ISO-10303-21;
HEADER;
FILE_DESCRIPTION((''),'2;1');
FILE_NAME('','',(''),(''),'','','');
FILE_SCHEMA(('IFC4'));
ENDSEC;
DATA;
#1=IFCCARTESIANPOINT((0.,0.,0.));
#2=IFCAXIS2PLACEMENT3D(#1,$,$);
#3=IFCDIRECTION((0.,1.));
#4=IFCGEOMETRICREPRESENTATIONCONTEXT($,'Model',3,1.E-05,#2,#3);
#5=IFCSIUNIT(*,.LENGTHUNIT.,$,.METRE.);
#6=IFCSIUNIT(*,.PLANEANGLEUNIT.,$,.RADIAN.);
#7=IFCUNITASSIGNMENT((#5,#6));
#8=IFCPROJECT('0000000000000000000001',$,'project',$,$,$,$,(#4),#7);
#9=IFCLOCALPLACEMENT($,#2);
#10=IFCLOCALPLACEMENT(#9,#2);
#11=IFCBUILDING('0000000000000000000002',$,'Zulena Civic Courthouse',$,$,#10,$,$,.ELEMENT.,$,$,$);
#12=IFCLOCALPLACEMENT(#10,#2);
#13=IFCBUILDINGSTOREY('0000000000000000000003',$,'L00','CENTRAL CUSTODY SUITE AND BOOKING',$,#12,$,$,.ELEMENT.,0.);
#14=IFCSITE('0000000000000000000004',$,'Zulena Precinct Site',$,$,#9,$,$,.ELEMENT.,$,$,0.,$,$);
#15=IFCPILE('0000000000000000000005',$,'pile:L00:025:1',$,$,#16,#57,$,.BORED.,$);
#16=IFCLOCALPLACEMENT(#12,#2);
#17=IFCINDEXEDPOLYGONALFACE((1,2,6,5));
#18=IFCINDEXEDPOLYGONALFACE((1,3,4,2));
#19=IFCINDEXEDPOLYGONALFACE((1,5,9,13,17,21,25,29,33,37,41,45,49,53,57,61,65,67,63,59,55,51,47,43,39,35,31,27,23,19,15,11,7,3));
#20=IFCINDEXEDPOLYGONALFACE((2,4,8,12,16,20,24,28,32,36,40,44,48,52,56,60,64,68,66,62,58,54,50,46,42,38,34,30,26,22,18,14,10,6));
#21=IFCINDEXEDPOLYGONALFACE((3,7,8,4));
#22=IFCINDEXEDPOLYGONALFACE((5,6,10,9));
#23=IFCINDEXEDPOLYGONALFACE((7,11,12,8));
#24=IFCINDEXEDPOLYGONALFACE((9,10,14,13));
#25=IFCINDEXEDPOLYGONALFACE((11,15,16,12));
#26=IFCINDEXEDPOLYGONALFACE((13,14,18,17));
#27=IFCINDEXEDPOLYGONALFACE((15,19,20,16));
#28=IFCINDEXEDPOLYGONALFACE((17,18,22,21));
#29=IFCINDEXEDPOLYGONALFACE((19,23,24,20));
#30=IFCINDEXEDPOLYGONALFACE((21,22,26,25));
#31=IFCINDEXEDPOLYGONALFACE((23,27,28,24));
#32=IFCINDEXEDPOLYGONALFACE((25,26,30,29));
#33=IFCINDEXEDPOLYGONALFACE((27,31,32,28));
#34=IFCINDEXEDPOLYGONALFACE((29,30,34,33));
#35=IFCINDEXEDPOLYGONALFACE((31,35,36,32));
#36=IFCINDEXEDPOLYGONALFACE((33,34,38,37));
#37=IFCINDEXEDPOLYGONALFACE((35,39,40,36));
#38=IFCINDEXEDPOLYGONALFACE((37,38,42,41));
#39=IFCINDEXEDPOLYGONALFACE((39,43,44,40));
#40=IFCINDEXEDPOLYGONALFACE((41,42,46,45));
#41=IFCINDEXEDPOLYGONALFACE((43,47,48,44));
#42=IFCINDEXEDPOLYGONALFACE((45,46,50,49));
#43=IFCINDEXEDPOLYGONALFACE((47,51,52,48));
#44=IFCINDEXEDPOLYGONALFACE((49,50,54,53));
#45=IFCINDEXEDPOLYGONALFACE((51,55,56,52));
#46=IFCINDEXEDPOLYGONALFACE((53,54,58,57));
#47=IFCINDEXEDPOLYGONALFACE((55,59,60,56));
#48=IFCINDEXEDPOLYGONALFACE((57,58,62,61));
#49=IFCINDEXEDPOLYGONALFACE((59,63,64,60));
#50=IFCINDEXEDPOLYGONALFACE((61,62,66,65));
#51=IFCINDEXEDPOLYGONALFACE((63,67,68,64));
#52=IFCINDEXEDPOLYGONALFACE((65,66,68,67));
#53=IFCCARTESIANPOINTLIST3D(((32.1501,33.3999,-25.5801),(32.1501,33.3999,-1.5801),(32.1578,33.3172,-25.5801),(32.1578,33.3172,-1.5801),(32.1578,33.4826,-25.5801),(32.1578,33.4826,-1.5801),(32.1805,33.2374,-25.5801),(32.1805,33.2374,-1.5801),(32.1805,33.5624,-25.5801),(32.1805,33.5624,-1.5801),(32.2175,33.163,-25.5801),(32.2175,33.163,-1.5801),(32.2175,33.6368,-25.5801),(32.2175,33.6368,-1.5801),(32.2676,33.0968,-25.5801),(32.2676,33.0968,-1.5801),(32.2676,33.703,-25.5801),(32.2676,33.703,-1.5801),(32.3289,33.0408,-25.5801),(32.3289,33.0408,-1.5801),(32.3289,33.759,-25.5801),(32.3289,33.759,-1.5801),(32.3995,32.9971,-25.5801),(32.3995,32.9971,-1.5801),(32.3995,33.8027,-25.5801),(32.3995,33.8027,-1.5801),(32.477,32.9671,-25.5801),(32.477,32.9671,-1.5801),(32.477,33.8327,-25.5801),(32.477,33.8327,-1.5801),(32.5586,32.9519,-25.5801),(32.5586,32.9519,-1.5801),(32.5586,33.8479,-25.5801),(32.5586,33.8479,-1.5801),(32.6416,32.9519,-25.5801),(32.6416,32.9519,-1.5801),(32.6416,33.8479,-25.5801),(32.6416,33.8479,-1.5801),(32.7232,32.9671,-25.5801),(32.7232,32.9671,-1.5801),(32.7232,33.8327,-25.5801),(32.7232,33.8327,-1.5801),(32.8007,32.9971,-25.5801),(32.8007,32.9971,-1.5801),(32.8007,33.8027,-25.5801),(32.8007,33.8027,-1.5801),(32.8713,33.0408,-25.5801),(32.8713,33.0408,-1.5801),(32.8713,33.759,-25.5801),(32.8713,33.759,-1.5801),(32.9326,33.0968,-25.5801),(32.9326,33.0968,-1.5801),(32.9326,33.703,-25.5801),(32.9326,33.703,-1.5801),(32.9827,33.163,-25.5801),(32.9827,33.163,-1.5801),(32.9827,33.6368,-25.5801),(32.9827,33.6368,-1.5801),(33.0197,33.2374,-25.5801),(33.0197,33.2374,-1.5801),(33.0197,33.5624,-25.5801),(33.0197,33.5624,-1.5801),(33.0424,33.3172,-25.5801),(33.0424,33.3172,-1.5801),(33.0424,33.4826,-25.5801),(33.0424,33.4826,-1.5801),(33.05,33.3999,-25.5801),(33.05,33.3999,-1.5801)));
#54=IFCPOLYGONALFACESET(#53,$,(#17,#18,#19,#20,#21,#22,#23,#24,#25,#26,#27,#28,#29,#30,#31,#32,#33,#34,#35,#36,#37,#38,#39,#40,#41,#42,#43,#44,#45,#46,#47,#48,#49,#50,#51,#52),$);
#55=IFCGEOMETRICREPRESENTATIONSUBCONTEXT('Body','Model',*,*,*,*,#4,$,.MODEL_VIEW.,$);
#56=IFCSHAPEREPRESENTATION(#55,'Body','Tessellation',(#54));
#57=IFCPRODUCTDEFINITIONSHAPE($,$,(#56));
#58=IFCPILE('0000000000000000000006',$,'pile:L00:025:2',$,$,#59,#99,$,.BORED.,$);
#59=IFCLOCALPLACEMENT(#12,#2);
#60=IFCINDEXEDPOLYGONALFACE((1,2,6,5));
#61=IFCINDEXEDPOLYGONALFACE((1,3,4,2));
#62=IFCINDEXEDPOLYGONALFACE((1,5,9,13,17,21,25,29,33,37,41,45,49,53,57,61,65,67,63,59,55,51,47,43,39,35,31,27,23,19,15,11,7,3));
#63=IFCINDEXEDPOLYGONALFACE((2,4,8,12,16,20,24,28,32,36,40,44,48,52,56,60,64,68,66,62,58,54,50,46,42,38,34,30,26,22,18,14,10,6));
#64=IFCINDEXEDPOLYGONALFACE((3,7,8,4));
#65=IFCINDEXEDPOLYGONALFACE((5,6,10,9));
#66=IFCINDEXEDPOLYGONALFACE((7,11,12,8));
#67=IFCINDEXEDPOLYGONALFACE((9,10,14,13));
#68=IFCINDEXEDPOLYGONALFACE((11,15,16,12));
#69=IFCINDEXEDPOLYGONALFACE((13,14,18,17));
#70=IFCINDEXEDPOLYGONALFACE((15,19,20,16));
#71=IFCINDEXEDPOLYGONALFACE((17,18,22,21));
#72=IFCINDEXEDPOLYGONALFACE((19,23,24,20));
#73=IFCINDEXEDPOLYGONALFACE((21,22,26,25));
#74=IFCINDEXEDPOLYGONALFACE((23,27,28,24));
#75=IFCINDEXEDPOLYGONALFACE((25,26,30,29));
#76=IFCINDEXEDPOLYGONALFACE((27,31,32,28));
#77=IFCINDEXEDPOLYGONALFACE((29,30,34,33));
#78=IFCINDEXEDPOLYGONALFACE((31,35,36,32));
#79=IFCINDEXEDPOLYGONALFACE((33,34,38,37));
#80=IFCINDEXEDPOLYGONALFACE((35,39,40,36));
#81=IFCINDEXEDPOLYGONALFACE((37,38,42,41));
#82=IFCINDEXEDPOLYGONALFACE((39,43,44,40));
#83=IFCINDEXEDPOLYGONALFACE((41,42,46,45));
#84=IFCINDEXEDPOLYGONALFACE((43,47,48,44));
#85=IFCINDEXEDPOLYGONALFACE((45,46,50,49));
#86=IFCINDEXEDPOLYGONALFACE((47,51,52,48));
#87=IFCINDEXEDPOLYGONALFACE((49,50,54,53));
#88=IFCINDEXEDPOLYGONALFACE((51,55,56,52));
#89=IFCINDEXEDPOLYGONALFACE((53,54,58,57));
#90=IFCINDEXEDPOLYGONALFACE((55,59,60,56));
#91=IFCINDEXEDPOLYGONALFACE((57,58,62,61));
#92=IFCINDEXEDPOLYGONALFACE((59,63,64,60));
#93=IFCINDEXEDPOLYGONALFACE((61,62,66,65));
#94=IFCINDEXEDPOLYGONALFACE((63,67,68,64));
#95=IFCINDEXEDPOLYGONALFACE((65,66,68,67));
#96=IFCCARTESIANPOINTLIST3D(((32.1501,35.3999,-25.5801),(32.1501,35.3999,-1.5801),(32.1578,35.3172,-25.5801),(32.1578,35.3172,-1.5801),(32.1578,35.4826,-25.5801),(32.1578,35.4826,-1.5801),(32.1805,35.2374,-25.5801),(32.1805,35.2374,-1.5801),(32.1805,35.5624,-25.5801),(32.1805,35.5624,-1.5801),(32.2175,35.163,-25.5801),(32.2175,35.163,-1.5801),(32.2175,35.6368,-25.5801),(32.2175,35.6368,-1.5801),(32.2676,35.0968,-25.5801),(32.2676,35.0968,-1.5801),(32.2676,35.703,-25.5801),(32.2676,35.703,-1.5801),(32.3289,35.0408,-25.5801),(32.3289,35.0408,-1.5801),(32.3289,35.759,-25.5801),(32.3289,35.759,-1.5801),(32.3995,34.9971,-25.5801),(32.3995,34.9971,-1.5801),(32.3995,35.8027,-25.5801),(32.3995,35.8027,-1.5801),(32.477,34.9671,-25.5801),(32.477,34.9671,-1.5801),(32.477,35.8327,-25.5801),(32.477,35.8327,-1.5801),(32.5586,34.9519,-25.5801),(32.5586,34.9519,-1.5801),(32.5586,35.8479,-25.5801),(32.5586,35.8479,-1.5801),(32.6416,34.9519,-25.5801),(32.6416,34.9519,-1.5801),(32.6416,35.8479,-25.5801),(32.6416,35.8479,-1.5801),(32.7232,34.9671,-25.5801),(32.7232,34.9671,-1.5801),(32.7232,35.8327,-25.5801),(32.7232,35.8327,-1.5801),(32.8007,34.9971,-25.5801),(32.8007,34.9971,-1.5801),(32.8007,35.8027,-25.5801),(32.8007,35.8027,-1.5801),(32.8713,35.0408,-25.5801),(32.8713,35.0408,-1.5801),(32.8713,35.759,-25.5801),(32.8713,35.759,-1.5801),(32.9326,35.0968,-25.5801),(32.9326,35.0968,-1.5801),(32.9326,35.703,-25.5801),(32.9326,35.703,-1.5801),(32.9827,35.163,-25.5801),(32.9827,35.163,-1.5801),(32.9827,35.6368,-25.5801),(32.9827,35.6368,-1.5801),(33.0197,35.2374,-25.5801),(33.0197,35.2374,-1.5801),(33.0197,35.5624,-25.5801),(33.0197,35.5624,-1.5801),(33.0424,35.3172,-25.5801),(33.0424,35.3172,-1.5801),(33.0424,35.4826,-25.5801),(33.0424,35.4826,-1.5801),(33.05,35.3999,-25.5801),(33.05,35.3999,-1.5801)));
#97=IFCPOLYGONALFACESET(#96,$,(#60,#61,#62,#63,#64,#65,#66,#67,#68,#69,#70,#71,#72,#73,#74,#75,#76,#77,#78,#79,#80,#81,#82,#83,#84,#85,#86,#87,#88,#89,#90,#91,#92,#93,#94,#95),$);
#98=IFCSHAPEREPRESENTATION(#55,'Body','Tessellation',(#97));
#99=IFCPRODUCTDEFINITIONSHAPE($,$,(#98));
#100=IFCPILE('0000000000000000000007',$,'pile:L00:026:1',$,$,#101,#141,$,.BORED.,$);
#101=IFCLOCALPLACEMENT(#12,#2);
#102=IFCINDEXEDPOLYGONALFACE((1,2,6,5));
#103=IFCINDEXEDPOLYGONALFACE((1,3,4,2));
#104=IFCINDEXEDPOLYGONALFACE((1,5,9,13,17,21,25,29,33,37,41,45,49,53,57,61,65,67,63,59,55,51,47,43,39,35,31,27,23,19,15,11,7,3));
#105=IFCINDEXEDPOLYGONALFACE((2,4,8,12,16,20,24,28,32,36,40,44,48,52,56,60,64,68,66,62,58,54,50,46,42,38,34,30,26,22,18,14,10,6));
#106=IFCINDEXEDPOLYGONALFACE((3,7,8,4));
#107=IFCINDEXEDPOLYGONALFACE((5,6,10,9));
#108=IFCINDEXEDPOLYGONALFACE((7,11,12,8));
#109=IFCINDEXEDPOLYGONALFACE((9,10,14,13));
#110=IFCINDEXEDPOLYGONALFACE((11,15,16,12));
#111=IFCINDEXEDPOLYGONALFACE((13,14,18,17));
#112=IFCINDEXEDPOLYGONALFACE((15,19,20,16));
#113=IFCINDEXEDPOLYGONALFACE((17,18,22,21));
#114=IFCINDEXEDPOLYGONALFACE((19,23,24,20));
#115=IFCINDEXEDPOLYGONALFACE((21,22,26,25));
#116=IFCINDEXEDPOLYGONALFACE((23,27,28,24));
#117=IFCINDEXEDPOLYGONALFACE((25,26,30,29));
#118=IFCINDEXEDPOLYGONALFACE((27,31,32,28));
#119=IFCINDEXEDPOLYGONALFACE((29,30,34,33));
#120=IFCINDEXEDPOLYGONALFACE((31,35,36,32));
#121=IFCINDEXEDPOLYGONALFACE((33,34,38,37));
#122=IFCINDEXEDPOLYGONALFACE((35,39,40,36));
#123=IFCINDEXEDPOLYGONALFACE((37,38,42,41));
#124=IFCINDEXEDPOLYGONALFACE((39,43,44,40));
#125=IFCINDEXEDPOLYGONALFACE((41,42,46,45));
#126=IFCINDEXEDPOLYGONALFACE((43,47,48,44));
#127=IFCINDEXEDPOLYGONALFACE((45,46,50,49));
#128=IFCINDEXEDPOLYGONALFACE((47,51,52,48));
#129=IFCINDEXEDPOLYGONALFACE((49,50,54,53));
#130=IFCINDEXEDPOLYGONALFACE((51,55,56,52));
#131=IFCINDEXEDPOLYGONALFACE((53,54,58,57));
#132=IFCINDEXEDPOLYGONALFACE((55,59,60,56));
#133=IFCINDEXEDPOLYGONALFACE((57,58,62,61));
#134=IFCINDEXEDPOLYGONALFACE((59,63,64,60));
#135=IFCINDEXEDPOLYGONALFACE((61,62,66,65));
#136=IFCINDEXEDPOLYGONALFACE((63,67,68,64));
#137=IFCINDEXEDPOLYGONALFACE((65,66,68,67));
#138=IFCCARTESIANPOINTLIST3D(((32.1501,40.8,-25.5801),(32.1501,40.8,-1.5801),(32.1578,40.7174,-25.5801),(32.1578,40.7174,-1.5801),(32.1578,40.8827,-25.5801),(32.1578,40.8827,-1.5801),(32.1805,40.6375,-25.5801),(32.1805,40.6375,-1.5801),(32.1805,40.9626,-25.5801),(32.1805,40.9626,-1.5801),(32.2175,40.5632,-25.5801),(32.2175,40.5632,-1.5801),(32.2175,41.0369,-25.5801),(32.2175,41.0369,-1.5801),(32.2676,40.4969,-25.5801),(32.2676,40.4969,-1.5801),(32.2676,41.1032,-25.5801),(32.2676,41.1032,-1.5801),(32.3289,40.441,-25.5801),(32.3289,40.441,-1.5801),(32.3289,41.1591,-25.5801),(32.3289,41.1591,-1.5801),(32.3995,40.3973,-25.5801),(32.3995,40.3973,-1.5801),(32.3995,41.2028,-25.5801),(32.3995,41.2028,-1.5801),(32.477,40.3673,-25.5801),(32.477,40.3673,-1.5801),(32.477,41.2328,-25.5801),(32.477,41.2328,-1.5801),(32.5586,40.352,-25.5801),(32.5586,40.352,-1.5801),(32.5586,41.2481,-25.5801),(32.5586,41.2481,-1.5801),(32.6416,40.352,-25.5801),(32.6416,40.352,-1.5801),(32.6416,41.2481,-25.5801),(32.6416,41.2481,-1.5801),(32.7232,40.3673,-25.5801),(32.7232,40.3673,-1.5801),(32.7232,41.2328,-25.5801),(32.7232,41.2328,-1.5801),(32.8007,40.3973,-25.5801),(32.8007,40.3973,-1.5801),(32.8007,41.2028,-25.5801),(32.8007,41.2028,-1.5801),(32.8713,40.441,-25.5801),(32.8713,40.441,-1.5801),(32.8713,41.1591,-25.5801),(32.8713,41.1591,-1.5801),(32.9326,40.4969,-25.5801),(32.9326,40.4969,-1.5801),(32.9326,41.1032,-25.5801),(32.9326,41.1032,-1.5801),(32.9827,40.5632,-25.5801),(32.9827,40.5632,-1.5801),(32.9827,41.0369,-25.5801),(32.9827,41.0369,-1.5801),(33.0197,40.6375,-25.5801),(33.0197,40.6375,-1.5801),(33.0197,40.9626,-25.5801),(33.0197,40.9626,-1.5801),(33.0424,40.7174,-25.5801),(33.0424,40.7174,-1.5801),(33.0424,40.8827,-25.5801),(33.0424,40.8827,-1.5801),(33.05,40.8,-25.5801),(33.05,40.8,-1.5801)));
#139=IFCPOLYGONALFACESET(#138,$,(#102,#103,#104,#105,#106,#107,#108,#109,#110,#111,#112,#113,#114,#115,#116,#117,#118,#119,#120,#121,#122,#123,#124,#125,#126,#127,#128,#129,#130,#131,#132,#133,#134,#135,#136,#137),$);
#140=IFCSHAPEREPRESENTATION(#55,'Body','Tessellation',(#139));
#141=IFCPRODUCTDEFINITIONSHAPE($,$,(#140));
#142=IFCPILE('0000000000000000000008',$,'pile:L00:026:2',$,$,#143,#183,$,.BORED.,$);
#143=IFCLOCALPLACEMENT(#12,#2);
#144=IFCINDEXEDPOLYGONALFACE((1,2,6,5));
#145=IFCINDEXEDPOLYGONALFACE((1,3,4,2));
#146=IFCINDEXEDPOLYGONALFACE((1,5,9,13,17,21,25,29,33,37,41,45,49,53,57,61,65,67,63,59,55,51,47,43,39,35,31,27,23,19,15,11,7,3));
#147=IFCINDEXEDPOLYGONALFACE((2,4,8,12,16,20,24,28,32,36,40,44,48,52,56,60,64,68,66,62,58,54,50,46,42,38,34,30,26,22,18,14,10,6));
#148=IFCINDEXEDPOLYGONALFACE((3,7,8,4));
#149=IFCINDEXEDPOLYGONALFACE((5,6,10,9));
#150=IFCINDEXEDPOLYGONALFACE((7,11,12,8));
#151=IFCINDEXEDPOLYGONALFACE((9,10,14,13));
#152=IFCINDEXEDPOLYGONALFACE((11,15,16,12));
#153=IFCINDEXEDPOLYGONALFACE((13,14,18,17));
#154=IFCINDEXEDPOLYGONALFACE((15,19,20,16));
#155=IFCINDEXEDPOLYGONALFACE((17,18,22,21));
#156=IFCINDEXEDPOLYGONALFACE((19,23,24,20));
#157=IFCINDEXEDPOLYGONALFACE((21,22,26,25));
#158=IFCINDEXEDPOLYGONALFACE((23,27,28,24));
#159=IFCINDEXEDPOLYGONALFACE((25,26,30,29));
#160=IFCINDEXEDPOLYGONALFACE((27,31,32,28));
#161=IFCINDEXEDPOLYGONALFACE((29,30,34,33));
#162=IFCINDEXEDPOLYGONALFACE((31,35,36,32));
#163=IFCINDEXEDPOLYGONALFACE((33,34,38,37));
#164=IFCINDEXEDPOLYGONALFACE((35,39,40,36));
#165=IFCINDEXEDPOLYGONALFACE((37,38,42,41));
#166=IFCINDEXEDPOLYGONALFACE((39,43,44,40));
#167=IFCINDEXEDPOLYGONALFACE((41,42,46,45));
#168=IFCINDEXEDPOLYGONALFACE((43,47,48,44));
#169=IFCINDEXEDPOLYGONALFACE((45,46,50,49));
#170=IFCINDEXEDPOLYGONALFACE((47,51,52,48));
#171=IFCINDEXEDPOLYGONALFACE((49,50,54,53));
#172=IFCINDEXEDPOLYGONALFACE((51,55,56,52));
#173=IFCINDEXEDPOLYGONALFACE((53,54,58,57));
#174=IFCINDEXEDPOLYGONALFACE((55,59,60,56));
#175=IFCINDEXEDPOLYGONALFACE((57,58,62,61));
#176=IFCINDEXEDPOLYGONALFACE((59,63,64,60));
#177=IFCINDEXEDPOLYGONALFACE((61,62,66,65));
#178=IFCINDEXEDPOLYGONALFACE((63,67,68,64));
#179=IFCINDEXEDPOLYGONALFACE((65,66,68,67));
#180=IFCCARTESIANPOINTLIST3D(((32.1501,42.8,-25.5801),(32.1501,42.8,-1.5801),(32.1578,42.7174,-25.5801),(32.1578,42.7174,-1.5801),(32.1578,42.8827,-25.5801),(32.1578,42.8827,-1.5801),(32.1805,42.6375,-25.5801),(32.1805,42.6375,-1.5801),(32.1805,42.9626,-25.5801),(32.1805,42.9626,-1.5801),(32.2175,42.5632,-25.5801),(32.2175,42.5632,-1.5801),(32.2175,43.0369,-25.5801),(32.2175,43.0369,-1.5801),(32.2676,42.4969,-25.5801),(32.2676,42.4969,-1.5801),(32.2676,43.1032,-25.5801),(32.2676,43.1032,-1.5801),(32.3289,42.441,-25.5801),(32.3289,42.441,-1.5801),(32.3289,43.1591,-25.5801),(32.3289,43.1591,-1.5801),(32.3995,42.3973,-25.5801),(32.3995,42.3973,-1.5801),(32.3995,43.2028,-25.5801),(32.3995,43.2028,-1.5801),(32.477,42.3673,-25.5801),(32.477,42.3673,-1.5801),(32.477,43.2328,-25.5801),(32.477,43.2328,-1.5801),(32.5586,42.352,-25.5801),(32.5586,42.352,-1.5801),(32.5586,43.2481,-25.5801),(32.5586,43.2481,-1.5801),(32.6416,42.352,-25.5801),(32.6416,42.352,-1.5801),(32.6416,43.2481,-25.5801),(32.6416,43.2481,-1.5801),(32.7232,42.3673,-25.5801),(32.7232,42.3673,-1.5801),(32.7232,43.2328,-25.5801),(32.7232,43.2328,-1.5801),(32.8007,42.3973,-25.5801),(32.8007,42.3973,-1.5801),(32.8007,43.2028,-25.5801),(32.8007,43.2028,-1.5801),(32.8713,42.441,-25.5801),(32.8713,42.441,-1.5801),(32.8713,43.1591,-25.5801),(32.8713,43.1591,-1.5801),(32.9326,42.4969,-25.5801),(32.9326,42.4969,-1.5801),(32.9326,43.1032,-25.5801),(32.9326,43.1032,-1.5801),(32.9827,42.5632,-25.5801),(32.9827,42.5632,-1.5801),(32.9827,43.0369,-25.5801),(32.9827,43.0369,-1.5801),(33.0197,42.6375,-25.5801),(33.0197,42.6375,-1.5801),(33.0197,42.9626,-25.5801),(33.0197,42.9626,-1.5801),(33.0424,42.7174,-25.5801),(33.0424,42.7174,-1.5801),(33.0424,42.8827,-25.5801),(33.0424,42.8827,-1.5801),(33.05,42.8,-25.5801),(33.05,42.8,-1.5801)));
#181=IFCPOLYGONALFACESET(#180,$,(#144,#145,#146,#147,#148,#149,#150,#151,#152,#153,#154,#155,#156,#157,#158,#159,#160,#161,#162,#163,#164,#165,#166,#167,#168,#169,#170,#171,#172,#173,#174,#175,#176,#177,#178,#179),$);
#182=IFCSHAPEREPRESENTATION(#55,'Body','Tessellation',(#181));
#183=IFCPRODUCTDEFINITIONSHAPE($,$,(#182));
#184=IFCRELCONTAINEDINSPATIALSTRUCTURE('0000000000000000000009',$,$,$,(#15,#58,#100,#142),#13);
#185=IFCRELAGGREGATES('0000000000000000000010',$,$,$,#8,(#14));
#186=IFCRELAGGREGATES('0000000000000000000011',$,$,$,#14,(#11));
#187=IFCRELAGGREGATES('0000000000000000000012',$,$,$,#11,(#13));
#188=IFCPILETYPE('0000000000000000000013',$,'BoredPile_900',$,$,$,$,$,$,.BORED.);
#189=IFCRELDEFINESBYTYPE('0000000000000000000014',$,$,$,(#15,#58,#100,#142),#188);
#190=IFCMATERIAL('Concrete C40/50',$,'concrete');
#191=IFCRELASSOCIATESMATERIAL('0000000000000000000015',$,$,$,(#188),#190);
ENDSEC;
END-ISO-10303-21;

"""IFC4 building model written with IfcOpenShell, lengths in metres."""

from ifc_helpers import new_model, si_unit, direction, frame, origin, origin_2d, place, context, subcontext, project, spatial, circle, extrude, material, material_profile, profile_set, type_object, element, save


model = new_model("IFC4")

# Units and contexts
model_context = context("Model", 3, precision=1e-05, world=origin(), true_north=direction((0.0, 1.0)))
body_context = subcontext(model_context, "Body", "Model", "MODEL_VIEW")
ifc_project = project(units=[si_unit("LENGTHUNIT", "METRE"), si_unit("PLANEANGLEUNIT", "RADIAN")], contexts=[model_context])

# Site, building, storey
site_placement = place(None, origin())
site = spatial("IfcSite", under=ifc_project, at=site_placement, Name="Zulena Precinct Site", CompositionType="ELEMENT", RefElevation=0.0)
building_placement = place(site_placement, origin())
building = spatial("IfcBuilding", under=site, at=building_placement, Name="Zulena Civic Courthouse", CompositionType="ELEMENT")
storey_placement = place(building_placement, origin())
storey = spatial("IfcBuildingStorey", under=building, at=storey_placement, Name="L00", Description="CENTRAL CUSTODY SUITE AND BOOKING", CompositionType="ELEMENT", Elevation=0.0)

# Piles
ifc_material_1 = material(Name="Concrete C40/50", Category="concrete")
ifc_material_profile_1 = material_profile(ifc_material_1, circle(Radius=0.45, at=origin_2d()), Name="PILE900")
ifc_profile_set_1 = profile_set([ifc_material_profile_1], Name="Concrete C40/50")
pile_type = type_object("IfcPileType", Name="BoredPile_900", PredefinedType="BORED", material=ifc_profile_set_1)
for number, where, z_axis, x_axis, name in (
    (1, (32.6001, 33.3999, -1.5801), (0.0, 0.0, -1.0), (1.0, 0.0, 0.0), "pile:L00:025:1"),
    (2, (32.6001, 35.3999, -1.5801), (0.0, 0.0, -1.0), (1.0, 0.0, 0.0), "pile:L00:025:2"),
    (3, (32.6001, 40.8, -1.5801), (0.0, 0.0, -1.0), (1.0, 0.0, 0.0), "pile:L00:026:1"),
    (4, (32.6001, 42.8, -1.5801), (0.0, 0.0, -1.0), (1.0, 0.0, 0.0), "pile:L00:026:2"),
):
    element("IfcPile", number, at=place(storey_placement, frame(where, z_axis=z_axis, x_axis=x_axis)), inside=storey, type_object=pile_type, Name=name, PredefinedType="BORED", context=body_context, shape_type="SweptSolid", body=[
        extrude(circle(Radius=0.45, at=origin_2d()), origin(), (0.0, 0.0, 1.0), 24.0),
    ])

save(model, "model.ifc")
